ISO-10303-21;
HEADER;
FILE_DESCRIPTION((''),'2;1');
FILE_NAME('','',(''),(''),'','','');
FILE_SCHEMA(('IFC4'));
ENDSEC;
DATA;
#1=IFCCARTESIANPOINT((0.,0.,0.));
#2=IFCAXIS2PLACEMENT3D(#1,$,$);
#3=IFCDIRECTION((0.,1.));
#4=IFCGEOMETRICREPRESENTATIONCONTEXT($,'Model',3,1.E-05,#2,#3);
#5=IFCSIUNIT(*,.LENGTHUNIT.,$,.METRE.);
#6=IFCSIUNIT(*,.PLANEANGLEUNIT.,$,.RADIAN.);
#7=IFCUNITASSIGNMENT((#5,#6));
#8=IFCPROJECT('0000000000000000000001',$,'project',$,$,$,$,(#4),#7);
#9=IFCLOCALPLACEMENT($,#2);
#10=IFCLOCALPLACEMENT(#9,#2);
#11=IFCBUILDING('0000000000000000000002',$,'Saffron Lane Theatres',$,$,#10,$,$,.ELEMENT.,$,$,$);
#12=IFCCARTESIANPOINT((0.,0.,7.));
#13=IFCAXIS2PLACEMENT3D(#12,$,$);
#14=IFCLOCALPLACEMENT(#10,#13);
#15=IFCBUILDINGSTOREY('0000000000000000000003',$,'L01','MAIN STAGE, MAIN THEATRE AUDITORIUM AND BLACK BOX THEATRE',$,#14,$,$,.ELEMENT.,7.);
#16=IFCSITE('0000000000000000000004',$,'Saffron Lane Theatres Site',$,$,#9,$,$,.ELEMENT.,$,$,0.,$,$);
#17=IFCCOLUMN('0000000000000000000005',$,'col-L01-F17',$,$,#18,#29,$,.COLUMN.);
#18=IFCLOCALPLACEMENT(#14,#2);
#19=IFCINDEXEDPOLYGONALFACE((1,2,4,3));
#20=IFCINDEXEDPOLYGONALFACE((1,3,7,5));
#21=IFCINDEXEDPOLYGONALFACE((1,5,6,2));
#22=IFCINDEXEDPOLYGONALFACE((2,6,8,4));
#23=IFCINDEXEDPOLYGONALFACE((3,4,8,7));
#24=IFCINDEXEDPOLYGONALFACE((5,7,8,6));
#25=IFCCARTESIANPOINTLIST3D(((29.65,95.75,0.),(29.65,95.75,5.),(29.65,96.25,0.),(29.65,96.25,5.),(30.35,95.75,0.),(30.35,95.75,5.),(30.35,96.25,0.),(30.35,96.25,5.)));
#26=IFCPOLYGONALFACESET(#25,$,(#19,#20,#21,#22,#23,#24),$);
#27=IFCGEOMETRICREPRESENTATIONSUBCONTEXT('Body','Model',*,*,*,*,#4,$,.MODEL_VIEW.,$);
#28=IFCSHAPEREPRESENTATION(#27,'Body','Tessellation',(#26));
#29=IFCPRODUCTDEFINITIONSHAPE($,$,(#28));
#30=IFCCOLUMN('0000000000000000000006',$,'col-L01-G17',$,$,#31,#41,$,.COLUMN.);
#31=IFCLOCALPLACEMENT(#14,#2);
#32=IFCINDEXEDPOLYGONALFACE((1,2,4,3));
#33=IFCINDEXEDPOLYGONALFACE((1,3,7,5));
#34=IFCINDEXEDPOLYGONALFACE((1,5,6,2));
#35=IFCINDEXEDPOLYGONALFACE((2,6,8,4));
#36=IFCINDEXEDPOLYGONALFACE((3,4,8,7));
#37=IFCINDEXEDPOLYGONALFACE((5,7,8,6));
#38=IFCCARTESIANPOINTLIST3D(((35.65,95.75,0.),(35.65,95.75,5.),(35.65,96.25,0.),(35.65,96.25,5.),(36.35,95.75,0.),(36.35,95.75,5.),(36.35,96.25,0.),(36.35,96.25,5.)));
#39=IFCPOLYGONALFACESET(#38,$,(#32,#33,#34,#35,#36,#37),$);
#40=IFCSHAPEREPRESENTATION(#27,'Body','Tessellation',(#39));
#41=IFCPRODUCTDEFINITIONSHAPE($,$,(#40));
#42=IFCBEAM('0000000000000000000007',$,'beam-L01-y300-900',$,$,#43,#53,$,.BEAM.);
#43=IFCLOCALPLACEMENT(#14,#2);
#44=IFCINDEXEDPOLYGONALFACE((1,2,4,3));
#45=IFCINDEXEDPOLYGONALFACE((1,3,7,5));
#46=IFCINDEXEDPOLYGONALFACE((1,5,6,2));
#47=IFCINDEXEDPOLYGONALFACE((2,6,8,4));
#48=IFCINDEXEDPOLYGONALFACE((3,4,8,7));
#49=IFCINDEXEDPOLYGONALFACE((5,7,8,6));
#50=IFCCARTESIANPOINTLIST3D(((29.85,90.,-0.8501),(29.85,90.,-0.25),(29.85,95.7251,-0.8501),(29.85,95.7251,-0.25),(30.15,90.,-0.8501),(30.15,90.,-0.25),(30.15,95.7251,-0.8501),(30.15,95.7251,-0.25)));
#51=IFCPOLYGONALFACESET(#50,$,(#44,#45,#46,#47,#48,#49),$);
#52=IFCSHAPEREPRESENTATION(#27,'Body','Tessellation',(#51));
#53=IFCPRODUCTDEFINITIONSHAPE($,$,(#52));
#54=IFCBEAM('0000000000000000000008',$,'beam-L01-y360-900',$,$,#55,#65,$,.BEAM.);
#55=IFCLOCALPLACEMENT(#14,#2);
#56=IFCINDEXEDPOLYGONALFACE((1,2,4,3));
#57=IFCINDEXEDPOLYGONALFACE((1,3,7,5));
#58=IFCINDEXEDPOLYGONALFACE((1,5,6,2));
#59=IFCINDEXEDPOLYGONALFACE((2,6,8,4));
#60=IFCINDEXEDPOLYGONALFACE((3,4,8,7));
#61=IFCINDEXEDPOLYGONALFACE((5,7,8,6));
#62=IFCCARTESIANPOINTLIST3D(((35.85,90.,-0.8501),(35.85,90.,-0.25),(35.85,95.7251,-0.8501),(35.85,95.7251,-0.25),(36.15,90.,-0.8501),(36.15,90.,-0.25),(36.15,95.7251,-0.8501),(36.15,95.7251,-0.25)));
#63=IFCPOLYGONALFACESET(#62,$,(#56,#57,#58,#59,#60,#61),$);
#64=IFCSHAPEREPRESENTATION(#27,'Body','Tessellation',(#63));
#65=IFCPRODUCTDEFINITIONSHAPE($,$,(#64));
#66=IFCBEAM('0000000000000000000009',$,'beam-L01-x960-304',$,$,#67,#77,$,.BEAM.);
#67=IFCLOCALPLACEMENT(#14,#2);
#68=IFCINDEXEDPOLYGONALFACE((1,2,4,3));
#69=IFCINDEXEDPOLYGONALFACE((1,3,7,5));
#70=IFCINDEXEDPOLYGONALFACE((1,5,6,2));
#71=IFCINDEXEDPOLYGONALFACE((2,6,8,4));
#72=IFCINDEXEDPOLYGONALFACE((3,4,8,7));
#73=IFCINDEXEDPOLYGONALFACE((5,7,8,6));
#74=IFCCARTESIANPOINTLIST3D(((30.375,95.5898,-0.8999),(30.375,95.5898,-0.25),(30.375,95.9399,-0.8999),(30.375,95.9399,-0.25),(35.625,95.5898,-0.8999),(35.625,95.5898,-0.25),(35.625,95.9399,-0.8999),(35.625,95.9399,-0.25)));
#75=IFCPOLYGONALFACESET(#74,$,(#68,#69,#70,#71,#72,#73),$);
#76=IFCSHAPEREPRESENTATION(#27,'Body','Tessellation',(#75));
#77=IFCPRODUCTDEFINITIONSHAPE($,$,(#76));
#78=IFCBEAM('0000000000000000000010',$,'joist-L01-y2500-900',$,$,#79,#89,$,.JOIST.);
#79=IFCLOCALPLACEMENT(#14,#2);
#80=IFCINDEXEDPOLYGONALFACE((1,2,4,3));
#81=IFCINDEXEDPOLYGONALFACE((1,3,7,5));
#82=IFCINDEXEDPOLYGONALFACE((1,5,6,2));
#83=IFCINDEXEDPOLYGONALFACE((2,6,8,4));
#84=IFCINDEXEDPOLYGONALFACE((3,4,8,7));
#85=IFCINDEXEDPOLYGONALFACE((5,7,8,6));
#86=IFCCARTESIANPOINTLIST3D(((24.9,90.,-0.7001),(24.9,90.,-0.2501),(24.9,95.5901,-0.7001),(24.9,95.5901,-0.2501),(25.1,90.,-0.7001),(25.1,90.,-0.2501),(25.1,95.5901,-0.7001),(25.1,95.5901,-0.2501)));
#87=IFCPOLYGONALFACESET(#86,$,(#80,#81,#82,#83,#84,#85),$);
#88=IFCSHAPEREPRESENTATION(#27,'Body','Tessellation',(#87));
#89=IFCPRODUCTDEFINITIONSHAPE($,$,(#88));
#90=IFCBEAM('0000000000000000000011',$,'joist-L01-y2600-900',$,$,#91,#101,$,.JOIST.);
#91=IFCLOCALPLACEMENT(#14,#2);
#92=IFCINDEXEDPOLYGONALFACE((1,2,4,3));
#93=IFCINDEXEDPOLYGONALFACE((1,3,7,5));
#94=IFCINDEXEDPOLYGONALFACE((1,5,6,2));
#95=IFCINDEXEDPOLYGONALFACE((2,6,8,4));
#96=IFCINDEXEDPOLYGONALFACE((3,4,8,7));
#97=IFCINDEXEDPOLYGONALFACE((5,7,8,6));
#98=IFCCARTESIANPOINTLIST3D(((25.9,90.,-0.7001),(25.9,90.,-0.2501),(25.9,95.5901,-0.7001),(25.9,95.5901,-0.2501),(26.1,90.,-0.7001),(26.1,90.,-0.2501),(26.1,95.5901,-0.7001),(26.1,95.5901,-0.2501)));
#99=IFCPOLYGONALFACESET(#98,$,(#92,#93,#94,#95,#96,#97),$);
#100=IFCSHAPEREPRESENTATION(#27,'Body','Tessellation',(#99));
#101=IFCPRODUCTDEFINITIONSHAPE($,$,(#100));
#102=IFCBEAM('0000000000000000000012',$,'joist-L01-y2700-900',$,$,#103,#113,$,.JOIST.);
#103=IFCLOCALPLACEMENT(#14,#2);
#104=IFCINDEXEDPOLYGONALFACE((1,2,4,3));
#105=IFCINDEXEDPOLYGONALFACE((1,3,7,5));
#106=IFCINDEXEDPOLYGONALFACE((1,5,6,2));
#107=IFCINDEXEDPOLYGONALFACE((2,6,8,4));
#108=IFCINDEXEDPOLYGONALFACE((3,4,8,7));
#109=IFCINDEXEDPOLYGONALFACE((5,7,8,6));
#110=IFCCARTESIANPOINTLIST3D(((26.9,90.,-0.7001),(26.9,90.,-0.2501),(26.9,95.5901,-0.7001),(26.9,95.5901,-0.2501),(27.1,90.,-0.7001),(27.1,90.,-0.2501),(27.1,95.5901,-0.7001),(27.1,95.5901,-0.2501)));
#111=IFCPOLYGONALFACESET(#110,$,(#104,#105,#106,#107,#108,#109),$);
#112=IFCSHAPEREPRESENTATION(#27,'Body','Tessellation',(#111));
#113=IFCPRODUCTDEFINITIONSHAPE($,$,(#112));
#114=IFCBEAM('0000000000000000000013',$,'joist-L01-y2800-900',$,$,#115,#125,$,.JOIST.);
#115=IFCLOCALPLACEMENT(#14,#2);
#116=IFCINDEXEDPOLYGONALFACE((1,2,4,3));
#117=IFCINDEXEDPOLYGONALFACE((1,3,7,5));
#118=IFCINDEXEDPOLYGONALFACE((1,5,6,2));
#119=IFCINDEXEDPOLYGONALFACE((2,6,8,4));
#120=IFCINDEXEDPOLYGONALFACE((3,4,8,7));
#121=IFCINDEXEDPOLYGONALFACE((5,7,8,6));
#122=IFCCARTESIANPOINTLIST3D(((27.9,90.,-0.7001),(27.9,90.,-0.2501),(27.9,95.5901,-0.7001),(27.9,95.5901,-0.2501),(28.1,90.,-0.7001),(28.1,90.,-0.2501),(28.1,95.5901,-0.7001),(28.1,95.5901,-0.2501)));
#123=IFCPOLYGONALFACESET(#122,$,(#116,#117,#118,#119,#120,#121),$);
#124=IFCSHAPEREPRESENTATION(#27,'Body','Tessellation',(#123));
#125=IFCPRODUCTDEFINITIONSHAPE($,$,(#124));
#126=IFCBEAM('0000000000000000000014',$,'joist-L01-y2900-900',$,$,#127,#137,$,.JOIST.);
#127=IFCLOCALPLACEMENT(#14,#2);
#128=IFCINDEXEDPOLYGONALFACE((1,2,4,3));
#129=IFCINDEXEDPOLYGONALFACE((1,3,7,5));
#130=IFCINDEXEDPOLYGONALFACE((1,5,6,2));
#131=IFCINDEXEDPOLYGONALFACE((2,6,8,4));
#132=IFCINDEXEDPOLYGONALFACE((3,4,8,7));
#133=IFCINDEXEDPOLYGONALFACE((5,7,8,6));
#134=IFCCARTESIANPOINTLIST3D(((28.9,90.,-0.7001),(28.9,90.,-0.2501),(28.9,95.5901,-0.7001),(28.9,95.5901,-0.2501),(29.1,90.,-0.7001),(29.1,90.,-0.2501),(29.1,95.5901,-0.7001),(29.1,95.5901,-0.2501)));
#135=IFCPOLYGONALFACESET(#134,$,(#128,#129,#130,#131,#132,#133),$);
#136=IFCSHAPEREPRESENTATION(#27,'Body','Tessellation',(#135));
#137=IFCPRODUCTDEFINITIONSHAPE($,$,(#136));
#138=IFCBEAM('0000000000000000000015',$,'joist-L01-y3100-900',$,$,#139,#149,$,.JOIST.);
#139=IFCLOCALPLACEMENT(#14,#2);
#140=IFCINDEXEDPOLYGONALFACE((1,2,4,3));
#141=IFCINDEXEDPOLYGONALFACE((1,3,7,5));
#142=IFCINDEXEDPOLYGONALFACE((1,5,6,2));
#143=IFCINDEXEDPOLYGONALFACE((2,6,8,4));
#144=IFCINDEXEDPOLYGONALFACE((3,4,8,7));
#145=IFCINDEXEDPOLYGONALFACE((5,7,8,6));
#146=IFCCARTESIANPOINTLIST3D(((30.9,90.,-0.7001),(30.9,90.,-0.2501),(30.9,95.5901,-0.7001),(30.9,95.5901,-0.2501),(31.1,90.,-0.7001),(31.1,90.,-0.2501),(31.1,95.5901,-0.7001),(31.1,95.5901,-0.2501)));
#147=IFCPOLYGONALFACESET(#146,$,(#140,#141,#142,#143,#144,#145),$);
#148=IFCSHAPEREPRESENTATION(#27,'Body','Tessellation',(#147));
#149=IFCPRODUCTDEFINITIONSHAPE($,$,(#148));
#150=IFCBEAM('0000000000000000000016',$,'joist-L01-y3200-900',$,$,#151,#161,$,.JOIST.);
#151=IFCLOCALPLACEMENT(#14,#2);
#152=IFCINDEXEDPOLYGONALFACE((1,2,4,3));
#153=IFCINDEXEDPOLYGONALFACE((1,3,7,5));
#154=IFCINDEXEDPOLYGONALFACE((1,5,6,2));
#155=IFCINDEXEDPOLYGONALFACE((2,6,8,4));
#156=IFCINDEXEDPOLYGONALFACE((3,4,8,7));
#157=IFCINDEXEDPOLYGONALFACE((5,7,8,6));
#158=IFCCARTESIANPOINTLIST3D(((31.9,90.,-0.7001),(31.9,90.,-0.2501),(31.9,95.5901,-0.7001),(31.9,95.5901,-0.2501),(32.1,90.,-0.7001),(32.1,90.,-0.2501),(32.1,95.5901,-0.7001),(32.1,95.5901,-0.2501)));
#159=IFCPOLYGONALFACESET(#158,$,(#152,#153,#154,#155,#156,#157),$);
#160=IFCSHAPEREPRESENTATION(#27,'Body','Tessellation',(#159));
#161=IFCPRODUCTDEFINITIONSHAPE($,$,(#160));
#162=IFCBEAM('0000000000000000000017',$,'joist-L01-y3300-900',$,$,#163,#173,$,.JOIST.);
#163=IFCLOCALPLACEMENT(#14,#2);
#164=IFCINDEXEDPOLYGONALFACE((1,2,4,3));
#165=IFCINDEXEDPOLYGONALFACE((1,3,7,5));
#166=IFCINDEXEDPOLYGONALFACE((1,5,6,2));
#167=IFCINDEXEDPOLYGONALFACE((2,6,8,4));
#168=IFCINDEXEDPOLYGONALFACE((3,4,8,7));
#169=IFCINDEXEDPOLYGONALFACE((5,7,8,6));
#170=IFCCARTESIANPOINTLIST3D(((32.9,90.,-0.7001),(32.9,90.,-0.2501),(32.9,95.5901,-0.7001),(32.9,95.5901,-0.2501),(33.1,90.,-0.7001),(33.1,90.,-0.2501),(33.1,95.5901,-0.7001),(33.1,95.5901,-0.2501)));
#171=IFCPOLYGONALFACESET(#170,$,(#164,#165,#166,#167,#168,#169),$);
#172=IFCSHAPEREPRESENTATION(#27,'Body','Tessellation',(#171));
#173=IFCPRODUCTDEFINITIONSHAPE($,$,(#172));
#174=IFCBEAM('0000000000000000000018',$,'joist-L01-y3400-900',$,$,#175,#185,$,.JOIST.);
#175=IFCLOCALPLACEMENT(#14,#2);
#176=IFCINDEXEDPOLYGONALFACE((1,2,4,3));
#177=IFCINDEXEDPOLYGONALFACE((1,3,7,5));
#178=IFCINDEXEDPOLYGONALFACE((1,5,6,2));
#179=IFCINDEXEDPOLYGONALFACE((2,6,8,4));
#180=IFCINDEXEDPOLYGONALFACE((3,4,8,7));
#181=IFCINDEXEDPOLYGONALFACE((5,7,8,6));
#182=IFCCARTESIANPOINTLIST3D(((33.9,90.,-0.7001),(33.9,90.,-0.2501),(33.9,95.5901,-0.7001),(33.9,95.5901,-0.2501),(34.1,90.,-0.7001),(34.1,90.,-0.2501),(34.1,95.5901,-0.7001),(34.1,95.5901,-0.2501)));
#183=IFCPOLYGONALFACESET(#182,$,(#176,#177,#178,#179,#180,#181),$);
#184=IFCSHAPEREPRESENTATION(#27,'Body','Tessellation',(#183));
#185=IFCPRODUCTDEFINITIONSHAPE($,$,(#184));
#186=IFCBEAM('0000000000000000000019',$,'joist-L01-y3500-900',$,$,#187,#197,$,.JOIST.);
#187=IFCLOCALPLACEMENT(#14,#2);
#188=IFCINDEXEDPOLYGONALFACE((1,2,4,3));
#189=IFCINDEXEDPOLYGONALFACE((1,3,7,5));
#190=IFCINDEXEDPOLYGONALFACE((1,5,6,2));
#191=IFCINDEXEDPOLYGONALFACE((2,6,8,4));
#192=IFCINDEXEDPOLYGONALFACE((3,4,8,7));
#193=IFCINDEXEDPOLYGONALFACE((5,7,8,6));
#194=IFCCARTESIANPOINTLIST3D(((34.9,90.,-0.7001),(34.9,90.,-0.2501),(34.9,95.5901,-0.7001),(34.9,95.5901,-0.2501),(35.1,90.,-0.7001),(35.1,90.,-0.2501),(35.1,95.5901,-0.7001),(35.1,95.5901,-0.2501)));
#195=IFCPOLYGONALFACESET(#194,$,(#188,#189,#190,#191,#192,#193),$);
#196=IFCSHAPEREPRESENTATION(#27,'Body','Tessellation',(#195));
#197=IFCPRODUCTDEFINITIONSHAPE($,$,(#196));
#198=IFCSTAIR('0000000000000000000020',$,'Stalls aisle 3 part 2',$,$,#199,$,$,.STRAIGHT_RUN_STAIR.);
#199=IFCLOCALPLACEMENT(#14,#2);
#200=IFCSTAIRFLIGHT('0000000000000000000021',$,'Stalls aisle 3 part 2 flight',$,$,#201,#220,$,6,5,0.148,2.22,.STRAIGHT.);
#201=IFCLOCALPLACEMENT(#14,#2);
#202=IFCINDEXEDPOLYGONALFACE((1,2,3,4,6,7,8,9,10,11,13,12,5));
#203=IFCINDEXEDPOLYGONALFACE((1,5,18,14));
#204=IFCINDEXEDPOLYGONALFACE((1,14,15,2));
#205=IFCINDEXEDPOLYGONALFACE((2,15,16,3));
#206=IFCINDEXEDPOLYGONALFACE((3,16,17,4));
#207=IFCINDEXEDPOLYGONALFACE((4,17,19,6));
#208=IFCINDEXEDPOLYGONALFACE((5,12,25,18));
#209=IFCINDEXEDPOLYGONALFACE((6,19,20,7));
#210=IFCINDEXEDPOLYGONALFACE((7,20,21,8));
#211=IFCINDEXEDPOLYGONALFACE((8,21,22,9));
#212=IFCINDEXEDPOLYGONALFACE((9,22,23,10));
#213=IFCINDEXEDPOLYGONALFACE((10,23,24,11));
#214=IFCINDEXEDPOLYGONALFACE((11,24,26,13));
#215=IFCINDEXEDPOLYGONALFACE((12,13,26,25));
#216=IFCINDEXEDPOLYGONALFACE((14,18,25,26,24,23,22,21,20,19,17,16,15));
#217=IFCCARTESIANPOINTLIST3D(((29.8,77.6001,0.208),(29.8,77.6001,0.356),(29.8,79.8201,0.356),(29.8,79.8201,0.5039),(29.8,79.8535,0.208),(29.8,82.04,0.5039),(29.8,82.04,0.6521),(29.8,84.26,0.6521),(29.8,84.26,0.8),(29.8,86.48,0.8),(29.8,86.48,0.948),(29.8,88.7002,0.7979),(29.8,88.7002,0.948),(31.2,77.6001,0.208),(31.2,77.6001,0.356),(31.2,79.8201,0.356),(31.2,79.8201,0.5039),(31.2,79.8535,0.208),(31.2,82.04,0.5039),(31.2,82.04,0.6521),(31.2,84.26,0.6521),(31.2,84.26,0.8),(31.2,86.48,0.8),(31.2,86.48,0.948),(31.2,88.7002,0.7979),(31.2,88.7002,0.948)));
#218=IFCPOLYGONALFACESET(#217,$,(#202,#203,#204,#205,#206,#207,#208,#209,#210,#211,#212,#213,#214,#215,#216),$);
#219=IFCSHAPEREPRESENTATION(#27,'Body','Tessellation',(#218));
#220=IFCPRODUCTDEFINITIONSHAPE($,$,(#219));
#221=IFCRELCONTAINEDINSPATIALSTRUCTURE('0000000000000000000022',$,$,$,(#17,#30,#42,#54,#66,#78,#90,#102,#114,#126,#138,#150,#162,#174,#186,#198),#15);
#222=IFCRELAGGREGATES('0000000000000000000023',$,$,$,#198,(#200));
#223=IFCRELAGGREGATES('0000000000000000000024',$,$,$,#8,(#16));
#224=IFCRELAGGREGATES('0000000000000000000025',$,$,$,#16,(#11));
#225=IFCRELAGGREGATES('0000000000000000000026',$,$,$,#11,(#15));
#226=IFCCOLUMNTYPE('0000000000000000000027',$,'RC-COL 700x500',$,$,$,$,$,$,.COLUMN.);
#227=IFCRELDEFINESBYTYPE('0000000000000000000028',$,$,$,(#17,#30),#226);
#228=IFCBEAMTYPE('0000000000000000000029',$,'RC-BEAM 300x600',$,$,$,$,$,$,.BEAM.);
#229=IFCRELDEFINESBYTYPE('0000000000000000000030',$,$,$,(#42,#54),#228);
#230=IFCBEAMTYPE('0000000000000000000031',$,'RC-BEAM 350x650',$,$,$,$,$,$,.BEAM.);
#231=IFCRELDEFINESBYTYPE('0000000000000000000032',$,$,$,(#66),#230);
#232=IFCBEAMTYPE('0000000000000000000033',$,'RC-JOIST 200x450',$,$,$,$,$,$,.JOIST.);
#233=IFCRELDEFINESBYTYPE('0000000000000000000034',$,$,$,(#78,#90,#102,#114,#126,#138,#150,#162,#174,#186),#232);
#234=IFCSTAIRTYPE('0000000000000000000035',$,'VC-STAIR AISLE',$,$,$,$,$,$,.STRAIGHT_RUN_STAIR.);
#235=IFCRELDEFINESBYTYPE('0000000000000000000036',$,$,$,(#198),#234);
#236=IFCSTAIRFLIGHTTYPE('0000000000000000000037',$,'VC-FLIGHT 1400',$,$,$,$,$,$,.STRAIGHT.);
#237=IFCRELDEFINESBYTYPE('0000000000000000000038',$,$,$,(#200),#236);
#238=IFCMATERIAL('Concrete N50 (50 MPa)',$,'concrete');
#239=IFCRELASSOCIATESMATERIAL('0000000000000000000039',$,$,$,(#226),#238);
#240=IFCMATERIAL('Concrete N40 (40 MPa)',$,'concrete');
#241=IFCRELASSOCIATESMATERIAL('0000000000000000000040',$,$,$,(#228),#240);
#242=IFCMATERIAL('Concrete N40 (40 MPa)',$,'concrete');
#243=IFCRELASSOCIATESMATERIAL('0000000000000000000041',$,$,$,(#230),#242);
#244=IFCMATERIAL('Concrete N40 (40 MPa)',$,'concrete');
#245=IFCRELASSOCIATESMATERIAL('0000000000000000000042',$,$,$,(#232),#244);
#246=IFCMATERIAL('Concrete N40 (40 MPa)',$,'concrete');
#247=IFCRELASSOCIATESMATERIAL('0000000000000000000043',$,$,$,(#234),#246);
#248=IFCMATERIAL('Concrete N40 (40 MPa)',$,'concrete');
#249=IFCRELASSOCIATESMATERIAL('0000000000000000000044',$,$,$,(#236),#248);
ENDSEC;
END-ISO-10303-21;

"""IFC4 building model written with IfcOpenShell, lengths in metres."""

from ifc_helpers import new_model, si_unit, direction, frame, origin, origin_2d, place, context, subcontext, project, spatial, polyline, rectangle, outline, extrude, material, material_profile, profile_set, type_object, element, aggregate, save


model = new_model("IFC4")

# Units and contexts
model_context = context("Model", 3, precision=1e-05, world=origin(), true_north=direction((0.0, 1.0)))
body_context = subcontext(model_context, "Body", "Model", "MODEL_VIEW")
ifc_project = project(units=[si_unit("LENGTHUNIT", "METRE"), si_unit("PLANEANGLEUNIT", "RADIAN")], contexts=[model_context])

# Site, building, storey
site_placement = place(None, origin())
site = spatial("IfcSite", under=ifc_project, at=site_placement, Name="Saffron Lane Theatres Site", CompositionType="ELEMENT", RefElevation=0.0)
building_placement = place(site_placement, origin())
building = spatial("IfcBuilding", under=site, at=building_placement, Name="Saffron Lane Theatres", CompositionType="ELEMENT")
storey_placement = place(building_placement, frame((0.0, 0.0, 7.0)))
storey = spatial("IfcBuildingStorey", under=building, at=storey_placement, Name="L01", Description="MAIN STAGE, MAIN THEATRE AUDITORIUM AND BLACK BOX THEATRE", CompositionType="ELEMENT", Elevation=7.0)

# Columns
ifc_material_1 = material(Name="Concrete N50 (50 MPa)", Category="concrete")
ifc_material_profile_1 = material_profile(ifc_material_1, rectangle(XDim=0.7, YDim=0.5, at=origin_2d()))
ifc_profile_set_1 = profile_set([ifc_material_profile_1], Name="Concrete N50 (50 MPa)")
column_type = type_object("IfcColumnType", Name="RC-COL 700x500", PredefinedType="COLUMN", material=ifc_profile_set_1)
for number, where, z_axis, x_axis, name in (
    (1, (30.0, 96.0, 0.0), (0.0, 0.0, 1.0), (1.0, 0.0, 0.0), "col-L01-F17"),
    (2, (36.0, 96.0, 0.0), (0.0, 0.0, 1.0), (1.0, 0.0, 0.0), "col-L01-G17"),
):
    element("IfcColumn", number, at=place(storey_placement, frame(where, z_axis=z_axis, x_axis=x_axis)), inside=storey, type_object=column_type, Name=name, PredefinedType="COLUMN", context=body_context, shape_type="SweptSolid", body=[
        extrude(rectangle(XDim=0.7, YDim=0.5, at=origin_2d()), origin(), (0.0, 0.0, 1.0), 5.0),
    ])

# Beams
ifc_material_2 = material(Name="Concrete N40 (40 MPa)", Category="concrete")
ifc_material_profile_2 = material_profile(ifc_material_2, rectangle(XDim=0.3, YDim=0.6001, at=origin_2d()))
ifc_profile_set_2 = profile_set([ifc_material_profile_2], Name="Concrete N40 (40 MPa)")
beam_type_1 = type_object("IfcBeamType", Name="RC-BEAM 300x600", PredefinedType="BEAM", material=ifc_profile_set_2)
for number, where, z_axis, x_axis, name in (
    (3, (30.0, 90.0, -0.55), (0.0, 1.0, 0.0), (-1.0, 0.0, 0.0), "beam-L01-y300-900"),
    (4, (36.0, 90.0, -0.55), (0.0, 1.0, 0.0), (-1.0, 0.0, 0.0), "beam-L01-y360-900"),
):
    element("IfcBeam", number, at=place(storey_placement, frame(where, z_axis=z_axis, x_axis=x_axis)), inside=storey, type_object=beam_type_1, Name=name, PredefinedType="BEAM", context=body_context, shape_type="SweptSolid", body=[
        extrude(rectangle(XDim=0.3, YDim=0.6001, at=origin_2d()), origin(), (0.0, 0.0, 1.0), 5.7251),
    ])
ifc_material_3 = material(Name="Concrete N40 (40 MPa)", Category="concrete")
ifc_material_profile_3 = material_profile(ifc_material_3, rectangle(XDim=0.3501, YDim=0.6499, at=origin_2d()))
ifc_profile_set_3 = profile_set([ifc_material_profile_3], Name="Concrete N40 (40 MPa)")
beam_type_2 = type_object("IfcBeamType", Name="RC-BEAM 350x650", PredefinedType="BEAM", material=ifc_profile_set_3)
beam_placement = place(storey_placement, frame((30.375, 95.7649, -0.575), z_axis=(1.0, 0.0, 0.0), x_axis=(0.0, 1.0, 0.0)))
element("IfcBeam", 5, at=beam_placement, inside=storey, type_object=beam_type_2, Name="beam-L01-x960-304", PredefinedType="BEAM", context=body_context, shape_type="SweptSolid", body=[
    extrude(rectangle(XDim=0.3501, YDim=0.6499, at=origin_2d()), origin(), (0.0, 0.0, 1.0), 5.25),
])
ifc_material_4 = material(Name="Concrete N40 (40 MPa)", Category="concrete")
ifc_material_profile_4 = material_profile(ifc_material_4, rectangle(XDim=0.2, YDim=0.45, at=origin_2d()))
ifc_profile_set_4 = profile_set([ifc_material_profile_4], Name="Concrete N40 (40 MPa)")
beam_type_3 = type_object("IfcBeamType", Name="RC-JOIST 200x450", PredefinedType="JOIST", material=ifc_profile_set_4)
for number, where, z_axis, x_axis, name in (
    (6, (25.0, 90.0, -0.4751), (0.0, 1.0, 0.0), (-1.0, 0.0, 0.0), "joist-L01-y2500-900"),
    (7, (26.0, 90.0, -0.4751), (0.0, 1.0, 0.0), (-1.0, 0.0, 0.0), "joist-L01-y2600-900"),
    (8, (27.0, 90.0, -0.4751), (0.0, 1.0, 0.0), (-1.0, 0.0, 0.0), "joist-L01-y2700-900"),
    (9, (28.0, 90.0, -0.4751), (0.0, 1.0, 0.0), (-1.0, 0.0, 0.0), "joist-L01-y2800-900"),
    (10, (29.0, 90.0, -0.4751), (0.0, 1.0, 0.0), (-1.0, 0.0, 0.0), "joist-L01-y2900-900"),
    (11, (31.0, 90.0, -0.4751), (0.0, 1.0, 0.0), (-1.0, 0.0, 0.0), "joist-L01-y3100-900"),
    (12, (32.0, 90.0, -0.4751), (0.0, 1.0, 0.0), (-1.0, 0.0, 0.0), "joist-L01-y3200-900"),
    (13, (33.0, 90.0, -0.4751), (0.0, 1.0, 0.0), (-1.0, 0.0, 0.0), "joist-L01-y3300-900"),
    (14, (34.0, 90.0, -0.4751), (0.0, 1.0, 0.0), (-1.0, 0.0, 0.0), "joist-L01-y3400-900"),
    (15, (35.0, 90.0, -0.4751), (0.0, 1.0, 0.0), (-1.0, 0.0, 0.0), "joist-L01-y3500-900"),
):
    element("IfcBeam", number, at=place(storey_placement, frame(where, z_axis=z_axis, x_axis=x_axis)), inside=storey, type_object=beam_type_3, Name=name, PredefinedType="JOIST", context=body_context, shape_type="SweptSolid", body=[
        extrude(rectangle(XDim=0.2, YDim=0.45, at=origin_2d()), origin(), (0.0, 0.0, 1.0), 5.5901),
    ])

# Stair, stair flight
ifc_material_5 = material(Name="Concrete N40 (40 MPa)", Category="concrete")
stair_type = type_object("IfcStairType", Name="VC-STAIR AISLE", PredefinedType="STRAIGHT_RUN_STAIR", material=ifc_material_5)
stair_1_placement = place(storey_placement, origin())
stair_1 = element("IfcStair", 16, at=stair_1_placement, inside=storey, type_object=stair_type, Name="Stalls aisle 3 part 2", PredefinedType="STRAIGHT_RUN_STAIR")
ifc_material_6 = material(Name="Concrete N40 (40 MPa)", Category="concrete")
stair_flight_type = type_object("IfcStairFlightType", Name="VC-FLIGHT 1400", PredefinedType="STRAIGHT", material=ifc_material_6)
stair_flight_1_placement = place(storey_placement, frame((30.5, 77.6001, 0.208), z_axis=(0.0, 0.0, 1.0), x_axis=(0.0, 1.0, 0.0)))
stair_flight_1 = element("IfcStairFlight", 17, at=stair_flight_1_placement, type_object=stair_flight_type, Name="Stalls aisle 3 part 2 flight", NumberOfRisers=6, NumberOfTreads=5, PredefinedType="STRAIGHT", RiserHeight=0.148, TreadLength=2.22, context=body_context, shape_type="SweptSolid", body=[
    extrude(outline(polyline([(0.0, 0.0), (0.0, 0.1479), (2.22, 0.1479), (2.22, 0.2959), (4.4399, 0.2959), (4.4399, 0.4441), (6.6599, 0.4441), (6.6599, 0.592), (8.8799, 0.592), (8.8799, 0.74), (11.1001, 0.74), (11.1001, 0.8879), (11.1001, 0.5898), (2.2534, 0.0), (0.0, 0.0)])), frame((0.0, 0.7, 0.0), z_axis=(0.0, -1.0, 0.0), x_axis=(1.0, 0.0, 0.0)), (0.0, 0.0, 1.0), 1.3999),
])
aggregate(stair_1, [stair_flight_1])

save(model, "model.ifc")
